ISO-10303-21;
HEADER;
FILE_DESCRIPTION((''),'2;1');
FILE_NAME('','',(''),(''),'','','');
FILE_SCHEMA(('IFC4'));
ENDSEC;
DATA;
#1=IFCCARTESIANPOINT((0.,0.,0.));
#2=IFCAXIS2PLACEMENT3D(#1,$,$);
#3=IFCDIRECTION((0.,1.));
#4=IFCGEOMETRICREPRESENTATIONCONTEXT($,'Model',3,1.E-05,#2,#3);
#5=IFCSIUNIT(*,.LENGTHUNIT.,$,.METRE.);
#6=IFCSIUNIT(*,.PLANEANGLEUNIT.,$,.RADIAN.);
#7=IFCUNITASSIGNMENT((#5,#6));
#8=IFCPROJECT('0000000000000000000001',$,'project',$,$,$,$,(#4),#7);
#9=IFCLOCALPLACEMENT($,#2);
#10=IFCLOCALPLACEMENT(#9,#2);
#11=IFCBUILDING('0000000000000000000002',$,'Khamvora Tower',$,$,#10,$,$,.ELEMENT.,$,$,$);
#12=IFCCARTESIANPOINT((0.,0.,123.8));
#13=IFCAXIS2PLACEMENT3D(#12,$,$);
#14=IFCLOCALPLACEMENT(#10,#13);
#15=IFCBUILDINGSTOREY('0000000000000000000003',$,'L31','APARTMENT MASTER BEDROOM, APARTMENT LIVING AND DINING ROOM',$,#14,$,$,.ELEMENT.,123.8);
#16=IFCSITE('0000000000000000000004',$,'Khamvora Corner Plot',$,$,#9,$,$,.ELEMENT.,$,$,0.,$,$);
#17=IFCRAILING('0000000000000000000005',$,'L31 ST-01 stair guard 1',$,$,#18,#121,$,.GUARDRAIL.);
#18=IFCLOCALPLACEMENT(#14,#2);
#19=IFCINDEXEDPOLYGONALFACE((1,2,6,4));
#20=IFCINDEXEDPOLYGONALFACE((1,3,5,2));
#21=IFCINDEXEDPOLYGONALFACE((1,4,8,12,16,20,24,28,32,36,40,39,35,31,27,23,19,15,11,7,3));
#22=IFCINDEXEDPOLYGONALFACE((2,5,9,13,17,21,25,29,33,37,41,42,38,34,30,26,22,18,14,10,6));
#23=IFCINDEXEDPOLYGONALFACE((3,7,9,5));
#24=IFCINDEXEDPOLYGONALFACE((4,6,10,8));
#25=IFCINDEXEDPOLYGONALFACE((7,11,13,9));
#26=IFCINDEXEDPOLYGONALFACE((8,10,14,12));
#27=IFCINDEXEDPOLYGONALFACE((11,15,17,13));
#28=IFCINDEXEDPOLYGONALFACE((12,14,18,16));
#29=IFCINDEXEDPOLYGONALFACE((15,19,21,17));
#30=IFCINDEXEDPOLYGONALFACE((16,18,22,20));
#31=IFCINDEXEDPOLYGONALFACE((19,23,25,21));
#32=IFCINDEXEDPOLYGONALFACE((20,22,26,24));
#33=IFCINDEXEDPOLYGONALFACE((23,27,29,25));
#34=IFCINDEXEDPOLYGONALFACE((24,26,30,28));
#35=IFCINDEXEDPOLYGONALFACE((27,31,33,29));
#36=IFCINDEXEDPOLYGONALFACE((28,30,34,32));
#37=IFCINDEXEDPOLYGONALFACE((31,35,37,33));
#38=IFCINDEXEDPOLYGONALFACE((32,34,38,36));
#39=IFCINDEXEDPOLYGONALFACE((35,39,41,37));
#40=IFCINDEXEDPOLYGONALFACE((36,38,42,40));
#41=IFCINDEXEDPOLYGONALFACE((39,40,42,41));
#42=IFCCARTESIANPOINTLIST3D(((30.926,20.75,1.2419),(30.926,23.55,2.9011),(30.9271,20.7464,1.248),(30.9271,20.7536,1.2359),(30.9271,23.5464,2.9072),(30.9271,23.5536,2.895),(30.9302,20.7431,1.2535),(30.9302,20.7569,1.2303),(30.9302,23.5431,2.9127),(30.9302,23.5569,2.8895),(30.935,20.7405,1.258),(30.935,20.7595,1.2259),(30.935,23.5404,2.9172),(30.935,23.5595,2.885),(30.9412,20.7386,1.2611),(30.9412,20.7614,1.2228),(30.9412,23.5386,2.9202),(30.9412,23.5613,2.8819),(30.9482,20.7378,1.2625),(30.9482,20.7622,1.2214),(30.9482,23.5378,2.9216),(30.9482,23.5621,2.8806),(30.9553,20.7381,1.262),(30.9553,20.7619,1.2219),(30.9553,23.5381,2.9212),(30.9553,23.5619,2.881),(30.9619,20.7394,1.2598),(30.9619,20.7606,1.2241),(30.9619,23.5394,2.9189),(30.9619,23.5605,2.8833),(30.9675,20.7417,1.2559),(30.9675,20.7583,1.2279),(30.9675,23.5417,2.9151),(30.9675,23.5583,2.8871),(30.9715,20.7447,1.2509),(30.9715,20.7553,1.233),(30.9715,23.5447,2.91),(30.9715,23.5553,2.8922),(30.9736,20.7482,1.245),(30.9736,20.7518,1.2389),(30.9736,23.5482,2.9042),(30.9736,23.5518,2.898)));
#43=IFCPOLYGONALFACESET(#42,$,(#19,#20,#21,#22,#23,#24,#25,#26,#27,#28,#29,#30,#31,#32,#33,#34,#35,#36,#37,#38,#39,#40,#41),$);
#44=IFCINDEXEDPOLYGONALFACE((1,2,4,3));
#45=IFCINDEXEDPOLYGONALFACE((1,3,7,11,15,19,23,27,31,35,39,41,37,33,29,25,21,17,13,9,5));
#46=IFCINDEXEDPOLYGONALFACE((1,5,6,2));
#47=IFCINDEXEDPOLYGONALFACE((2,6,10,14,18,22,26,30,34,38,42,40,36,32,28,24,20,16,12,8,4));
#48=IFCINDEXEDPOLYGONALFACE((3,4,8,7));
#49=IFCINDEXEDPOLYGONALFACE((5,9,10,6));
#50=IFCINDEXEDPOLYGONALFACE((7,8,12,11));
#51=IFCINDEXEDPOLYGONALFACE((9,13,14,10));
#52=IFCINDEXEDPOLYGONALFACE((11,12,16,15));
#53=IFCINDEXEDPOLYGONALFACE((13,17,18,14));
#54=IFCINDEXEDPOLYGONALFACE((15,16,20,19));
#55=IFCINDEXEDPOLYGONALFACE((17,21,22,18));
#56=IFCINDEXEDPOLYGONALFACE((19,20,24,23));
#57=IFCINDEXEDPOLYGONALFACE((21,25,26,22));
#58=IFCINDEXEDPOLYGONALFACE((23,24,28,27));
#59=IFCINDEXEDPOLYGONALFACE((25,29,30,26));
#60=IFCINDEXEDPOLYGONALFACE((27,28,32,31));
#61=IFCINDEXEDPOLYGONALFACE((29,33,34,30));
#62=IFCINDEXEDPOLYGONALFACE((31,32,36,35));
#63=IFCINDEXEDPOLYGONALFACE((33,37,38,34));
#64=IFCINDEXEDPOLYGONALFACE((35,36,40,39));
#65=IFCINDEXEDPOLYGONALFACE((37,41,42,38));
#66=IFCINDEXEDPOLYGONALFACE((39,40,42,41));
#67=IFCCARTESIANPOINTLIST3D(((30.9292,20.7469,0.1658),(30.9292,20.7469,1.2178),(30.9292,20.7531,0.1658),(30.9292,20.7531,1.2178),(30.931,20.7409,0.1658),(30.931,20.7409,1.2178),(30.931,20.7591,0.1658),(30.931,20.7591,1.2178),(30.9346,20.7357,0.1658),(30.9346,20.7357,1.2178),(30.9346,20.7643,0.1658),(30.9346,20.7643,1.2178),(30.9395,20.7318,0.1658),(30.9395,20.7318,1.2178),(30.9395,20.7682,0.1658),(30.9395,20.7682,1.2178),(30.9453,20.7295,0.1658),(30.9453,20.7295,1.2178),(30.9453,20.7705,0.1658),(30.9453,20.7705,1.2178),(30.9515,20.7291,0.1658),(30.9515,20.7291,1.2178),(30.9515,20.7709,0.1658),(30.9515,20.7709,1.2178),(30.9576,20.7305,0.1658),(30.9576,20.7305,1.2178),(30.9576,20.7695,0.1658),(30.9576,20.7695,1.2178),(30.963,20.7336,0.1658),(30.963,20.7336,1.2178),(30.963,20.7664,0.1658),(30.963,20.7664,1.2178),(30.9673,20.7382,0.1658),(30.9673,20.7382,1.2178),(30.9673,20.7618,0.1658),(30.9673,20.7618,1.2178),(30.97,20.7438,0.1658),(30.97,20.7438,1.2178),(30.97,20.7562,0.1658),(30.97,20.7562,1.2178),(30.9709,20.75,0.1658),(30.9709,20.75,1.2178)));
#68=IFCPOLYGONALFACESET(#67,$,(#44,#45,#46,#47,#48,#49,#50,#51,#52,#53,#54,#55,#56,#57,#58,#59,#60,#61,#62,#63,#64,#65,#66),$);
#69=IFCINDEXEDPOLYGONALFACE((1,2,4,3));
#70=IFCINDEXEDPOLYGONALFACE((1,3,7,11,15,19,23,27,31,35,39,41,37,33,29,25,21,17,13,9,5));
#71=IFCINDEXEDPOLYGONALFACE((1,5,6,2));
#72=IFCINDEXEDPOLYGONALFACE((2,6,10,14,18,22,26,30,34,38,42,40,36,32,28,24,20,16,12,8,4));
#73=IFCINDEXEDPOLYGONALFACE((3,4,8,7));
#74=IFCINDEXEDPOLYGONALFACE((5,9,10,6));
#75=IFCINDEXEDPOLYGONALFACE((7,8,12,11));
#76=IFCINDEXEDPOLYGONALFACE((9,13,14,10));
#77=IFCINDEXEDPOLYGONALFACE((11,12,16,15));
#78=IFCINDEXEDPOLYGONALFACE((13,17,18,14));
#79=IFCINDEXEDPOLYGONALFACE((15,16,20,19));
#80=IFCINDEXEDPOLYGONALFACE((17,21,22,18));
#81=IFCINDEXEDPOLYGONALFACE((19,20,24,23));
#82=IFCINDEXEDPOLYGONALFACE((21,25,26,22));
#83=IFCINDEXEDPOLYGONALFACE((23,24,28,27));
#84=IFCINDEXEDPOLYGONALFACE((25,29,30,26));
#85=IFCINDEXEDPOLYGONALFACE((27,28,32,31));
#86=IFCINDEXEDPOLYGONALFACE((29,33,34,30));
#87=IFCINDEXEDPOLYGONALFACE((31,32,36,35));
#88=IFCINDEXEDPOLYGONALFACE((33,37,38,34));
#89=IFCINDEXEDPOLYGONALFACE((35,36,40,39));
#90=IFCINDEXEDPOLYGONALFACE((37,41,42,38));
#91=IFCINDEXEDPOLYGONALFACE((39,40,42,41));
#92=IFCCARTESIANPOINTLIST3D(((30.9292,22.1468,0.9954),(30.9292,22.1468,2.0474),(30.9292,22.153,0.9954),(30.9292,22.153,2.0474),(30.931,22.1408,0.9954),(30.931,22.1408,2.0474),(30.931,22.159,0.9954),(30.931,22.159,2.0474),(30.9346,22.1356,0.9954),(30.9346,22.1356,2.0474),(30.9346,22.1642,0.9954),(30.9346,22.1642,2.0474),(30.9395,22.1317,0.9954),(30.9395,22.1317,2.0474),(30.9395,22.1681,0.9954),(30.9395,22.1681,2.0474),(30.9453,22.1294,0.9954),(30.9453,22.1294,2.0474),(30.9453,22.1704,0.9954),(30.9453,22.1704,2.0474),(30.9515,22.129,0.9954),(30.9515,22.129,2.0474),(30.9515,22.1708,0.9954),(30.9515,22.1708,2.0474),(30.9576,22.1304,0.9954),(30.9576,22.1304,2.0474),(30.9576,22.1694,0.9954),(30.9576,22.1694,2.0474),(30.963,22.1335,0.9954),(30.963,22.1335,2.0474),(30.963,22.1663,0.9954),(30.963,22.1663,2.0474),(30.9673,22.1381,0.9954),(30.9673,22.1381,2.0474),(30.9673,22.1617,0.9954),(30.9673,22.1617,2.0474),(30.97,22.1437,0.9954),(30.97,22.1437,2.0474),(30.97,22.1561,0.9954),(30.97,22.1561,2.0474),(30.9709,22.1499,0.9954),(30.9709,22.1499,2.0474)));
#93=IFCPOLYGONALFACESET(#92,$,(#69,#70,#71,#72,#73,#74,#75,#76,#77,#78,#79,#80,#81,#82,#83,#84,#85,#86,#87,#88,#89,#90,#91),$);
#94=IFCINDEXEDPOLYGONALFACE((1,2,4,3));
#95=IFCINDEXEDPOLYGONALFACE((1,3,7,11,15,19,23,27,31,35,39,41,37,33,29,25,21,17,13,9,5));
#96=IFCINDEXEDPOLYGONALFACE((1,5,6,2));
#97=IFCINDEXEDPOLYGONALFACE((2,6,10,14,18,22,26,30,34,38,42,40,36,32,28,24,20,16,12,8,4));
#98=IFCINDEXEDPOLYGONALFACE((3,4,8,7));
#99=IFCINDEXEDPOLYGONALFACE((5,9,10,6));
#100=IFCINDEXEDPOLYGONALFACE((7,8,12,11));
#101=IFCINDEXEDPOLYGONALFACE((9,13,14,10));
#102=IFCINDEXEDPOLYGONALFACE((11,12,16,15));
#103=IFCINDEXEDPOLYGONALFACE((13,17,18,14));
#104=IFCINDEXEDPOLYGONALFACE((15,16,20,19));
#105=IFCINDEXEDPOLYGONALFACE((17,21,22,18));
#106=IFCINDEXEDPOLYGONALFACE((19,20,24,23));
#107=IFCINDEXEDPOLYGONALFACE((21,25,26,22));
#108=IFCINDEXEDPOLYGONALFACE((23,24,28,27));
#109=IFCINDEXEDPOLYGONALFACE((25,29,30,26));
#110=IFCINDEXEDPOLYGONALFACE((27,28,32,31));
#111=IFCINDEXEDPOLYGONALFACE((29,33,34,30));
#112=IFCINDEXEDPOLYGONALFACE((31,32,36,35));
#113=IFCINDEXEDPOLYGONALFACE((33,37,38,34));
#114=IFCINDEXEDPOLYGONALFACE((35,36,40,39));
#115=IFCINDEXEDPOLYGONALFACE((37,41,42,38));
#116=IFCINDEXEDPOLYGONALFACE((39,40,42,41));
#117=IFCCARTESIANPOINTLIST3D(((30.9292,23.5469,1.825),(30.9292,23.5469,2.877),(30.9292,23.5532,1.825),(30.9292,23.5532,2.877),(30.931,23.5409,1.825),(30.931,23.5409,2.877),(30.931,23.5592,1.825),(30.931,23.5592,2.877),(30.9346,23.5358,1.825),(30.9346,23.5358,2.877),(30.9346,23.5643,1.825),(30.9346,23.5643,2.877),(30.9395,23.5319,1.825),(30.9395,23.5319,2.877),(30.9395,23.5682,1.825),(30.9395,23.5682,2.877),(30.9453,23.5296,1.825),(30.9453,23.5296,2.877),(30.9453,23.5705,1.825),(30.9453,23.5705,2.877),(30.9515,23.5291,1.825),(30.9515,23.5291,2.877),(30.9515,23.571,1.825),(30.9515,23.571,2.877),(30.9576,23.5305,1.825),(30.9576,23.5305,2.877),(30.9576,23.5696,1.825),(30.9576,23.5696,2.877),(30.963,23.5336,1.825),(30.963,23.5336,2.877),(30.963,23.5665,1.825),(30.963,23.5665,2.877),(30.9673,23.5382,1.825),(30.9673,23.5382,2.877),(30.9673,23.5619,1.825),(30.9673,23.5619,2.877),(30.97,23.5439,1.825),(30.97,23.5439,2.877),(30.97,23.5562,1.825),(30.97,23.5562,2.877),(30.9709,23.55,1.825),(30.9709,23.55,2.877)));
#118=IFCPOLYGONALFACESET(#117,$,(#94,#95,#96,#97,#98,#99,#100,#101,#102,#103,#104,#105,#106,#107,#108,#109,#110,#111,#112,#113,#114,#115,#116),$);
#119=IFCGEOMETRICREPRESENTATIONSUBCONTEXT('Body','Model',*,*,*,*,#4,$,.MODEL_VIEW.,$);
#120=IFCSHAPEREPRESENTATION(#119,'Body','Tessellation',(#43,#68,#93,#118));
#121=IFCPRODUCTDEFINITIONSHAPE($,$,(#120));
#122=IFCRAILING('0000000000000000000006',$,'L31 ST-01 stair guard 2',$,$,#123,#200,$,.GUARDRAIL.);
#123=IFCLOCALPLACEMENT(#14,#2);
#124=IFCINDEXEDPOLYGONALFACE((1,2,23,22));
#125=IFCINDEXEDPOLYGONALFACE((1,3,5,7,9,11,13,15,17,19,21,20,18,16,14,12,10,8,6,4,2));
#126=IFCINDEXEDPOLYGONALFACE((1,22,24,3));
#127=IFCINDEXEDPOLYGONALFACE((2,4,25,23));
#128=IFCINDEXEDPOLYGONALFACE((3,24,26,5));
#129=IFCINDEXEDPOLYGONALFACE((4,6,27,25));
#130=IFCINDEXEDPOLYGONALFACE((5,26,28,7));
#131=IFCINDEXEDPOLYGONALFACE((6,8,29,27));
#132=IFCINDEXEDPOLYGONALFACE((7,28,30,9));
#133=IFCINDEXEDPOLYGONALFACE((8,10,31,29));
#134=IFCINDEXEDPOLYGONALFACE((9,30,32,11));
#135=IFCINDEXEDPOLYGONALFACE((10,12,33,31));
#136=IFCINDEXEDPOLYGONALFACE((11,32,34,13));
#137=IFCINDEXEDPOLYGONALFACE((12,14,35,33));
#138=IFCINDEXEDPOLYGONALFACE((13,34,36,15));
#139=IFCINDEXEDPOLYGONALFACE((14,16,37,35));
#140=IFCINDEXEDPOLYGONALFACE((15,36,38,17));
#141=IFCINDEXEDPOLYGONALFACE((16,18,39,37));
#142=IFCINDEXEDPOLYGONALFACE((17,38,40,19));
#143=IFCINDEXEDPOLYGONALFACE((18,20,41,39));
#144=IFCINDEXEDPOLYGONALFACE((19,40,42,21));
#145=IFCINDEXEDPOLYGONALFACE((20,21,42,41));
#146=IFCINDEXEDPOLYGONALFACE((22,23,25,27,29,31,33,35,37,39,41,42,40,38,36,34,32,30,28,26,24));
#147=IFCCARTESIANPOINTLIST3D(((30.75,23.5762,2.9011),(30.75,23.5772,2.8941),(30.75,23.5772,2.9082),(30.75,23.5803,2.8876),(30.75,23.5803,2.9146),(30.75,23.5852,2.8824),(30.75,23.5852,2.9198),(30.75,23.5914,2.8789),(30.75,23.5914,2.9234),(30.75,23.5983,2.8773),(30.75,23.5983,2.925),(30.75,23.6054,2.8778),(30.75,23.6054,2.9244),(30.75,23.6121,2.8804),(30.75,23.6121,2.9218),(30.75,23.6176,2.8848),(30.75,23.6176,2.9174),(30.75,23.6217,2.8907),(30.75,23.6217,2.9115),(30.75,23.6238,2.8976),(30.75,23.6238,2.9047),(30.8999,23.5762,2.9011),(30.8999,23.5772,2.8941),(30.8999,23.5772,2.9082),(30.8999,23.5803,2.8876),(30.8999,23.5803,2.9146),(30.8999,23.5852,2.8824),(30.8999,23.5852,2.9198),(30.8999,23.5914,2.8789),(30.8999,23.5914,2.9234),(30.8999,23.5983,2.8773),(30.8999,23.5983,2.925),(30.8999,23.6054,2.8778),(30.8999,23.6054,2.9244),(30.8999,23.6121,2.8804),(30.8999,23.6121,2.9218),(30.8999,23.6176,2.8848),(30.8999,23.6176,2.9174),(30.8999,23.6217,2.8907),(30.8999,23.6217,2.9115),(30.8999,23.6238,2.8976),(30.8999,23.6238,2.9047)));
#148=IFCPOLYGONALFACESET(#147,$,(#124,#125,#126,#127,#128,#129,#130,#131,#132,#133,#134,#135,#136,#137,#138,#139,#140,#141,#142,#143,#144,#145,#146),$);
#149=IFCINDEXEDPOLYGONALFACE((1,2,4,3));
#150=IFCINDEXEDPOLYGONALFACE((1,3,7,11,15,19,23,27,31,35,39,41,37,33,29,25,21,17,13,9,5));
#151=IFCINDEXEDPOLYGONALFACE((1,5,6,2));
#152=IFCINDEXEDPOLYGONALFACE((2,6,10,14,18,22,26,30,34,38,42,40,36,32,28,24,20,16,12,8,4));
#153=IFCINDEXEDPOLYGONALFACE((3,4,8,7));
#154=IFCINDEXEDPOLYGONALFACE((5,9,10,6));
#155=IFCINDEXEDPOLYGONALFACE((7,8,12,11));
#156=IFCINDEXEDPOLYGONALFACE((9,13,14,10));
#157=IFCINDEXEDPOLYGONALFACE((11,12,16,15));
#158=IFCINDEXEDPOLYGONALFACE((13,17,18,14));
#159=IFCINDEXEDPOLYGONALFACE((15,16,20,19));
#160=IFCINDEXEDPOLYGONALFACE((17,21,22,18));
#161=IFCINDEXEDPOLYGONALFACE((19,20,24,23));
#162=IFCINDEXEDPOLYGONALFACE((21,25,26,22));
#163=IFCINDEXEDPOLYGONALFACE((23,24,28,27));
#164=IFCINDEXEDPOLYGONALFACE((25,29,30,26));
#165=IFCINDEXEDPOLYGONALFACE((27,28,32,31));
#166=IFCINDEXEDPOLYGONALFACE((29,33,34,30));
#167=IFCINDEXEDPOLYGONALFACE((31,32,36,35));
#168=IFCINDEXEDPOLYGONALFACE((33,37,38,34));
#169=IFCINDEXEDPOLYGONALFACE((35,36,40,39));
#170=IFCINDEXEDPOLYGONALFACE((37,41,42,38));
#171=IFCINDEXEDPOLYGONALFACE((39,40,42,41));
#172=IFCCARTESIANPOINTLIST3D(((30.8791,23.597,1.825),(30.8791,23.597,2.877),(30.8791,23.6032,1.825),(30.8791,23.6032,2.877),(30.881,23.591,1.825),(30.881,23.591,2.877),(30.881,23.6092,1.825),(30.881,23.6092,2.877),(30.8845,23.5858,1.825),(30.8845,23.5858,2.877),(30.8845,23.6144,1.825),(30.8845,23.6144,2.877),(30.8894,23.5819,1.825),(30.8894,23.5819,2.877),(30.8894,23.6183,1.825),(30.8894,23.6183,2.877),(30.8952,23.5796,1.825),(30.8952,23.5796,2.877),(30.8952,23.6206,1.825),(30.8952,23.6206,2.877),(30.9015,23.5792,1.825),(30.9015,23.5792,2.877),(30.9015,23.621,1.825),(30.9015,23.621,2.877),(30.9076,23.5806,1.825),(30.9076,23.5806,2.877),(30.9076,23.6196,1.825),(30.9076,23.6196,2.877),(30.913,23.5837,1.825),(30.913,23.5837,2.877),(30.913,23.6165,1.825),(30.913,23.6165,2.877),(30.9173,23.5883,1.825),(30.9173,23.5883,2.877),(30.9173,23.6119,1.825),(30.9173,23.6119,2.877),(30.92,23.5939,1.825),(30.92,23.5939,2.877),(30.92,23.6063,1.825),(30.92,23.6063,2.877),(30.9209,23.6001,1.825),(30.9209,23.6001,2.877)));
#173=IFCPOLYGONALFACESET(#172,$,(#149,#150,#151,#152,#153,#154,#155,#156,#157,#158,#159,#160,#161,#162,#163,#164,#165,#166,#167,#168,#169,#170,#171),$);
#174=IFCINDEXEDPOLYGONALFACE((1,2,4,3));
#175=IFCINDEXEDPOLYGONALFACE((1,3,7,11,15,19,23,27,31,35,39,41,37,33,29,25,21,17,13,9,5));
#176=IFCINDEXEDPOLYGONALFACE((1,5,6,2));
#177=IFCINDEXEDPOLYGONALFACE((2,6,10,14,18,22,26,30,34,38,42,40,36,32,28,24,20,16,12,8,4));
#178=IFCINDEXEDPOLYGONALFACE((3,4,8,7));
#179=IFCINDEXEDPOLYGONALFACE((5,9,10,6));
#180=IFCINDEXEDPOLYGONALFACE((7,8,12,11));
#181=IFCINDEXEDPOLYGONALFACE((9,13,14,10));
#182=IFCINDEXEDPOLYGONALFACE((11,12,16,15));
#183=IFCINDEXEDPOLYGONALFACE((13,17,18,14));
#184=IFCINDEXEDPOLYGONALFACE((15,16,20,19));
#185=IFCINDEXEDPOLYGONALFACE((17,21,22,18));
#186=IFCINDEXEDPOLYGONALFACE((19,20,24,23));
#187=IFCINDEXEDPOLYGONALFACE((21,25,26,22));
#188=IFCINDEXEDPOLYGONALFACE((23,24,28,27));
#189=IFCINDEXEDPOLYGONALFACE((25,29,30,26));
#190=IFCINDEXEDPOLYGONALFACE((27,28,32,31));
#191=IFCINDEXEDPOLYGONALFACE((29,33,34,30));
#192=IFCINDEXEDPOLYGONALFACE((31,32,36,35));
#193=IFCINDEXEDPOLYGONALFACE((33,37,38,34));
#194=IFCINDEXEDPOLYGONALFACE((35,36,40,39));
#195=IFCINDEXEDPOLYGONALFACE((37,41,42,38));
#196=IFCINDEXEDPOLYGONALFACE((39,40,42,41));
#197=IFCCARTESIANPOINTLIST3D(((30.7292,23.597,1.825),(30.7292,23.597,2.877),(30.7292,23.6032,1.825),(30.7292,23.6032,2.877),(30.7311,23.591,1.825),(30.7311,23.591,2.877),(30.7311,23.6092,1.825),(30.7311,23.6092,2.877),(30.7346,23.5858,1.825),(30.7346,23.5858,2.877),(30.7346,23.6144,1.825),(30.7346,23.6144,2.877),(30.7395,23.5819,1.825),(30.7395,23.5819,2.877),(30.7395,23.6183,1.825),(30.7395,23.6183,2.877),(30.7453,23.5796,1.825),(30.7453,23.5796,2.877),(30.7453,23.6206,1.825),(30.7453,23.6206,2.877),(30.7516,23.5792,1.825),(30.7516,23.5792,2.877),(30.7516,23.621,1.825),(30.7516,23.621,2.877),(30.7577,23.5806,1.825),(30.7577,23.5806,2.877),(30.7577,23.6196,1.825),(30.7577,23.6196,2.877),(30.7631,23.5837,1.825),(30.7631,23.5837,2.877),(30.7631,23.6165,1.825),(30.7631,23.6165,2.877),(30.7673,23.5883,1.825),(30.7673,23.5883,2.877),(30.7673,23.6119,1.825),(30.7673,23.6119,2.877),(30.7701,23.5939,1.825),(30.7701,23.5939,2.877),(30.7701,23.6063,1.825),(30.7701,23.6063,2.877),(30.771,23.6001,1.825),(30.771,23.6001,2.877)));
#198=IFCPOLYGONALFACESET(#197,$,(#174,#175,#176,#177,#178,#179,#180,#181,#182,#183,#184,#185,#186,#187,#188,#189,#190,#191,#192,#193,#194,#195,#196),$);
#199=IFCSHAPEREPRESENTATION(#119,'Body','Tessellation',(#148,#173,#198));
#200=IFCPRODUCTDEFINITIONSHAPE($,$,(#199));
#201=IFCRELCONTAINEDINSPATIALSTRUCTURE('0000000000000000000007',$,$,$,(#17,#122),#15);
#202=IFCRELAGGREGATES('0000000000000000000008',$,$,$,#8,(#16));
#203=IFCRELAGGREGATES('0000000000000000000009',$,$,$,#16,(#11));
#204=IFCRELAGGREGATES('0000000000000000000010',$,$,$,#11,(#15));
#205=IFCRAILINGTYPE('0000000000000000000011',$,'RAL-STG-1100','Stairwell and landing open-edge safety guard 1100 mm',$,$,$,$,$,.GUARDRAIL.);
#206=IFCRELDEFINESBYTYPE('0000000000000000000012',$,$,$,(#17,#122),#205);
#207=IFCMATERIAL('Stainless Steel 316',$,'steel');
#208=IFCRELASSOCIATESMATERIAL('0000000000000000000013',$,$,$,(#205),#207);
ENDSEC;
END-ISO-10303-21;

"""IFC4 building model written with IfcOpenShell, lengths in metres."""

from ifc_helpers import new_model, si_unit, direction, frame, origin, origin_2d, place, context, subcontext, project, spatial, circle, extrude, material, type_object, element, save


model = new_model("IFC4")

# Units and contexts
model_context = context("Model", 3, precision=1e-05, world=origin(), true_north=direction((0.0, 1.0)))
body_context = subcontext(model_context, "Body", "Model", "MODEL_VIEW")
ifc_project = project(units=[si_unit("LENGTHUNIT", "METRE"), si_unit("PLANEANGLEUNIT", "RADIAN")], contexts=[model_context])

# Site, building, storey
site_placement = place(None, origin())
site = spatial("IfcSite", under=ifc_project, at=site_placement, Name="Khamvora Corner Plot", CompositionType="ELEMENT", RefElevation=0.0)
building_placement = place(site_placement, origin())
building = spatial("IfcBuilding", under=site, at=building_placement, Name="Khamvora Tower", CompositionType="ELEMENT")
storey_placement = place(building_placement, frame((0.0, 0.0, 123.8)))
storey = spatial("IfcBuildingStorey", under=building, at=storey_placement, Name="L31", Description="APARTMENT MASTER BEDROOM, APARTMENT LIVING AND DINING ROOM", CompositionType="ELEMENT", Elevation=123.8)

# Railings
ifc_material_1 = material(Name="Stainless Steel 316", Category="steel")
railing_type_1 = type_object("IfcRailingType", Name="RAL-STG-1100", Description="Stairwell and landing open-edge safety guard 1100 mm", PredefinedType="GUARDRAIL", material=ifc_material_1)
railing_1_placement = place(storey_placement, frame((30.95, 20.75, 0.1658)))
element("IfcRailing", 1, at=railing_1_placement, inside=storey, type_object=railing_type_1, Name="L31 ST-01 stair guard 1", PredefinedType="GUARDRAIL", context=body_context, shape_type="SweptSolid", body=[
    extrude(circle(Radius=0.0239, at=origin_2d()), frame((0.0, 0.0, 1.0762), z_axis=(0.0, 0.860306, 0.509778), x_axis=(-1.0, 0.0, 0.0)), (0.0, 0.0, 1.0), 3.2546),
    extrude(circle(Radius=0.021, at=origin_2d()), origin(), (0.0, 0.0, 1.0), 1.052),
    extrude(circle(Radius=0.021, at=origin_2d()), frame((0.0, 1.3999, 0.8296)), (0.0, 0.0, 1.0), 1.052),
    extrude(circle(Radius=0.021, at=origin_2d()), frame((0.0, 2.8, 1.6592)), (0.0, 0.0, 1.0), 1.052),
])
railing_2_placement = place(storey_placement, frame((30.8999, 23.6001, 1.825)))
element("IfcRailing", 2, at=railing_2_placement, inside=storey, type_object=railing_type_1, Name="L31 ST-01 stair guard 2", PredefinedType="GUARDRAIL", context=body_context, shape_type="SweptSolid", body=[
    extrude(circle(Radius=0.0239, at=origin_2d()), frame((0.0, 0.0, 1.0762), z_axis=(-1.0, 0.0, 0.0), x_axis=(0.0, -1.0, 0.0)), (0.0, 0.0, 1.0), 0.1499),
    extrude(circle(Radius=0.021, at=origin_2d()), origin(), (0.0, 0.0, 1.0), 1.052),
    extrude(circle(Radius=0.021, at=origin_2d()), frame((-0.1499, 0.0, 0.0)), (0.0, 0.0, 1.0), 1.052),
])

save(model, "model.ifc")
